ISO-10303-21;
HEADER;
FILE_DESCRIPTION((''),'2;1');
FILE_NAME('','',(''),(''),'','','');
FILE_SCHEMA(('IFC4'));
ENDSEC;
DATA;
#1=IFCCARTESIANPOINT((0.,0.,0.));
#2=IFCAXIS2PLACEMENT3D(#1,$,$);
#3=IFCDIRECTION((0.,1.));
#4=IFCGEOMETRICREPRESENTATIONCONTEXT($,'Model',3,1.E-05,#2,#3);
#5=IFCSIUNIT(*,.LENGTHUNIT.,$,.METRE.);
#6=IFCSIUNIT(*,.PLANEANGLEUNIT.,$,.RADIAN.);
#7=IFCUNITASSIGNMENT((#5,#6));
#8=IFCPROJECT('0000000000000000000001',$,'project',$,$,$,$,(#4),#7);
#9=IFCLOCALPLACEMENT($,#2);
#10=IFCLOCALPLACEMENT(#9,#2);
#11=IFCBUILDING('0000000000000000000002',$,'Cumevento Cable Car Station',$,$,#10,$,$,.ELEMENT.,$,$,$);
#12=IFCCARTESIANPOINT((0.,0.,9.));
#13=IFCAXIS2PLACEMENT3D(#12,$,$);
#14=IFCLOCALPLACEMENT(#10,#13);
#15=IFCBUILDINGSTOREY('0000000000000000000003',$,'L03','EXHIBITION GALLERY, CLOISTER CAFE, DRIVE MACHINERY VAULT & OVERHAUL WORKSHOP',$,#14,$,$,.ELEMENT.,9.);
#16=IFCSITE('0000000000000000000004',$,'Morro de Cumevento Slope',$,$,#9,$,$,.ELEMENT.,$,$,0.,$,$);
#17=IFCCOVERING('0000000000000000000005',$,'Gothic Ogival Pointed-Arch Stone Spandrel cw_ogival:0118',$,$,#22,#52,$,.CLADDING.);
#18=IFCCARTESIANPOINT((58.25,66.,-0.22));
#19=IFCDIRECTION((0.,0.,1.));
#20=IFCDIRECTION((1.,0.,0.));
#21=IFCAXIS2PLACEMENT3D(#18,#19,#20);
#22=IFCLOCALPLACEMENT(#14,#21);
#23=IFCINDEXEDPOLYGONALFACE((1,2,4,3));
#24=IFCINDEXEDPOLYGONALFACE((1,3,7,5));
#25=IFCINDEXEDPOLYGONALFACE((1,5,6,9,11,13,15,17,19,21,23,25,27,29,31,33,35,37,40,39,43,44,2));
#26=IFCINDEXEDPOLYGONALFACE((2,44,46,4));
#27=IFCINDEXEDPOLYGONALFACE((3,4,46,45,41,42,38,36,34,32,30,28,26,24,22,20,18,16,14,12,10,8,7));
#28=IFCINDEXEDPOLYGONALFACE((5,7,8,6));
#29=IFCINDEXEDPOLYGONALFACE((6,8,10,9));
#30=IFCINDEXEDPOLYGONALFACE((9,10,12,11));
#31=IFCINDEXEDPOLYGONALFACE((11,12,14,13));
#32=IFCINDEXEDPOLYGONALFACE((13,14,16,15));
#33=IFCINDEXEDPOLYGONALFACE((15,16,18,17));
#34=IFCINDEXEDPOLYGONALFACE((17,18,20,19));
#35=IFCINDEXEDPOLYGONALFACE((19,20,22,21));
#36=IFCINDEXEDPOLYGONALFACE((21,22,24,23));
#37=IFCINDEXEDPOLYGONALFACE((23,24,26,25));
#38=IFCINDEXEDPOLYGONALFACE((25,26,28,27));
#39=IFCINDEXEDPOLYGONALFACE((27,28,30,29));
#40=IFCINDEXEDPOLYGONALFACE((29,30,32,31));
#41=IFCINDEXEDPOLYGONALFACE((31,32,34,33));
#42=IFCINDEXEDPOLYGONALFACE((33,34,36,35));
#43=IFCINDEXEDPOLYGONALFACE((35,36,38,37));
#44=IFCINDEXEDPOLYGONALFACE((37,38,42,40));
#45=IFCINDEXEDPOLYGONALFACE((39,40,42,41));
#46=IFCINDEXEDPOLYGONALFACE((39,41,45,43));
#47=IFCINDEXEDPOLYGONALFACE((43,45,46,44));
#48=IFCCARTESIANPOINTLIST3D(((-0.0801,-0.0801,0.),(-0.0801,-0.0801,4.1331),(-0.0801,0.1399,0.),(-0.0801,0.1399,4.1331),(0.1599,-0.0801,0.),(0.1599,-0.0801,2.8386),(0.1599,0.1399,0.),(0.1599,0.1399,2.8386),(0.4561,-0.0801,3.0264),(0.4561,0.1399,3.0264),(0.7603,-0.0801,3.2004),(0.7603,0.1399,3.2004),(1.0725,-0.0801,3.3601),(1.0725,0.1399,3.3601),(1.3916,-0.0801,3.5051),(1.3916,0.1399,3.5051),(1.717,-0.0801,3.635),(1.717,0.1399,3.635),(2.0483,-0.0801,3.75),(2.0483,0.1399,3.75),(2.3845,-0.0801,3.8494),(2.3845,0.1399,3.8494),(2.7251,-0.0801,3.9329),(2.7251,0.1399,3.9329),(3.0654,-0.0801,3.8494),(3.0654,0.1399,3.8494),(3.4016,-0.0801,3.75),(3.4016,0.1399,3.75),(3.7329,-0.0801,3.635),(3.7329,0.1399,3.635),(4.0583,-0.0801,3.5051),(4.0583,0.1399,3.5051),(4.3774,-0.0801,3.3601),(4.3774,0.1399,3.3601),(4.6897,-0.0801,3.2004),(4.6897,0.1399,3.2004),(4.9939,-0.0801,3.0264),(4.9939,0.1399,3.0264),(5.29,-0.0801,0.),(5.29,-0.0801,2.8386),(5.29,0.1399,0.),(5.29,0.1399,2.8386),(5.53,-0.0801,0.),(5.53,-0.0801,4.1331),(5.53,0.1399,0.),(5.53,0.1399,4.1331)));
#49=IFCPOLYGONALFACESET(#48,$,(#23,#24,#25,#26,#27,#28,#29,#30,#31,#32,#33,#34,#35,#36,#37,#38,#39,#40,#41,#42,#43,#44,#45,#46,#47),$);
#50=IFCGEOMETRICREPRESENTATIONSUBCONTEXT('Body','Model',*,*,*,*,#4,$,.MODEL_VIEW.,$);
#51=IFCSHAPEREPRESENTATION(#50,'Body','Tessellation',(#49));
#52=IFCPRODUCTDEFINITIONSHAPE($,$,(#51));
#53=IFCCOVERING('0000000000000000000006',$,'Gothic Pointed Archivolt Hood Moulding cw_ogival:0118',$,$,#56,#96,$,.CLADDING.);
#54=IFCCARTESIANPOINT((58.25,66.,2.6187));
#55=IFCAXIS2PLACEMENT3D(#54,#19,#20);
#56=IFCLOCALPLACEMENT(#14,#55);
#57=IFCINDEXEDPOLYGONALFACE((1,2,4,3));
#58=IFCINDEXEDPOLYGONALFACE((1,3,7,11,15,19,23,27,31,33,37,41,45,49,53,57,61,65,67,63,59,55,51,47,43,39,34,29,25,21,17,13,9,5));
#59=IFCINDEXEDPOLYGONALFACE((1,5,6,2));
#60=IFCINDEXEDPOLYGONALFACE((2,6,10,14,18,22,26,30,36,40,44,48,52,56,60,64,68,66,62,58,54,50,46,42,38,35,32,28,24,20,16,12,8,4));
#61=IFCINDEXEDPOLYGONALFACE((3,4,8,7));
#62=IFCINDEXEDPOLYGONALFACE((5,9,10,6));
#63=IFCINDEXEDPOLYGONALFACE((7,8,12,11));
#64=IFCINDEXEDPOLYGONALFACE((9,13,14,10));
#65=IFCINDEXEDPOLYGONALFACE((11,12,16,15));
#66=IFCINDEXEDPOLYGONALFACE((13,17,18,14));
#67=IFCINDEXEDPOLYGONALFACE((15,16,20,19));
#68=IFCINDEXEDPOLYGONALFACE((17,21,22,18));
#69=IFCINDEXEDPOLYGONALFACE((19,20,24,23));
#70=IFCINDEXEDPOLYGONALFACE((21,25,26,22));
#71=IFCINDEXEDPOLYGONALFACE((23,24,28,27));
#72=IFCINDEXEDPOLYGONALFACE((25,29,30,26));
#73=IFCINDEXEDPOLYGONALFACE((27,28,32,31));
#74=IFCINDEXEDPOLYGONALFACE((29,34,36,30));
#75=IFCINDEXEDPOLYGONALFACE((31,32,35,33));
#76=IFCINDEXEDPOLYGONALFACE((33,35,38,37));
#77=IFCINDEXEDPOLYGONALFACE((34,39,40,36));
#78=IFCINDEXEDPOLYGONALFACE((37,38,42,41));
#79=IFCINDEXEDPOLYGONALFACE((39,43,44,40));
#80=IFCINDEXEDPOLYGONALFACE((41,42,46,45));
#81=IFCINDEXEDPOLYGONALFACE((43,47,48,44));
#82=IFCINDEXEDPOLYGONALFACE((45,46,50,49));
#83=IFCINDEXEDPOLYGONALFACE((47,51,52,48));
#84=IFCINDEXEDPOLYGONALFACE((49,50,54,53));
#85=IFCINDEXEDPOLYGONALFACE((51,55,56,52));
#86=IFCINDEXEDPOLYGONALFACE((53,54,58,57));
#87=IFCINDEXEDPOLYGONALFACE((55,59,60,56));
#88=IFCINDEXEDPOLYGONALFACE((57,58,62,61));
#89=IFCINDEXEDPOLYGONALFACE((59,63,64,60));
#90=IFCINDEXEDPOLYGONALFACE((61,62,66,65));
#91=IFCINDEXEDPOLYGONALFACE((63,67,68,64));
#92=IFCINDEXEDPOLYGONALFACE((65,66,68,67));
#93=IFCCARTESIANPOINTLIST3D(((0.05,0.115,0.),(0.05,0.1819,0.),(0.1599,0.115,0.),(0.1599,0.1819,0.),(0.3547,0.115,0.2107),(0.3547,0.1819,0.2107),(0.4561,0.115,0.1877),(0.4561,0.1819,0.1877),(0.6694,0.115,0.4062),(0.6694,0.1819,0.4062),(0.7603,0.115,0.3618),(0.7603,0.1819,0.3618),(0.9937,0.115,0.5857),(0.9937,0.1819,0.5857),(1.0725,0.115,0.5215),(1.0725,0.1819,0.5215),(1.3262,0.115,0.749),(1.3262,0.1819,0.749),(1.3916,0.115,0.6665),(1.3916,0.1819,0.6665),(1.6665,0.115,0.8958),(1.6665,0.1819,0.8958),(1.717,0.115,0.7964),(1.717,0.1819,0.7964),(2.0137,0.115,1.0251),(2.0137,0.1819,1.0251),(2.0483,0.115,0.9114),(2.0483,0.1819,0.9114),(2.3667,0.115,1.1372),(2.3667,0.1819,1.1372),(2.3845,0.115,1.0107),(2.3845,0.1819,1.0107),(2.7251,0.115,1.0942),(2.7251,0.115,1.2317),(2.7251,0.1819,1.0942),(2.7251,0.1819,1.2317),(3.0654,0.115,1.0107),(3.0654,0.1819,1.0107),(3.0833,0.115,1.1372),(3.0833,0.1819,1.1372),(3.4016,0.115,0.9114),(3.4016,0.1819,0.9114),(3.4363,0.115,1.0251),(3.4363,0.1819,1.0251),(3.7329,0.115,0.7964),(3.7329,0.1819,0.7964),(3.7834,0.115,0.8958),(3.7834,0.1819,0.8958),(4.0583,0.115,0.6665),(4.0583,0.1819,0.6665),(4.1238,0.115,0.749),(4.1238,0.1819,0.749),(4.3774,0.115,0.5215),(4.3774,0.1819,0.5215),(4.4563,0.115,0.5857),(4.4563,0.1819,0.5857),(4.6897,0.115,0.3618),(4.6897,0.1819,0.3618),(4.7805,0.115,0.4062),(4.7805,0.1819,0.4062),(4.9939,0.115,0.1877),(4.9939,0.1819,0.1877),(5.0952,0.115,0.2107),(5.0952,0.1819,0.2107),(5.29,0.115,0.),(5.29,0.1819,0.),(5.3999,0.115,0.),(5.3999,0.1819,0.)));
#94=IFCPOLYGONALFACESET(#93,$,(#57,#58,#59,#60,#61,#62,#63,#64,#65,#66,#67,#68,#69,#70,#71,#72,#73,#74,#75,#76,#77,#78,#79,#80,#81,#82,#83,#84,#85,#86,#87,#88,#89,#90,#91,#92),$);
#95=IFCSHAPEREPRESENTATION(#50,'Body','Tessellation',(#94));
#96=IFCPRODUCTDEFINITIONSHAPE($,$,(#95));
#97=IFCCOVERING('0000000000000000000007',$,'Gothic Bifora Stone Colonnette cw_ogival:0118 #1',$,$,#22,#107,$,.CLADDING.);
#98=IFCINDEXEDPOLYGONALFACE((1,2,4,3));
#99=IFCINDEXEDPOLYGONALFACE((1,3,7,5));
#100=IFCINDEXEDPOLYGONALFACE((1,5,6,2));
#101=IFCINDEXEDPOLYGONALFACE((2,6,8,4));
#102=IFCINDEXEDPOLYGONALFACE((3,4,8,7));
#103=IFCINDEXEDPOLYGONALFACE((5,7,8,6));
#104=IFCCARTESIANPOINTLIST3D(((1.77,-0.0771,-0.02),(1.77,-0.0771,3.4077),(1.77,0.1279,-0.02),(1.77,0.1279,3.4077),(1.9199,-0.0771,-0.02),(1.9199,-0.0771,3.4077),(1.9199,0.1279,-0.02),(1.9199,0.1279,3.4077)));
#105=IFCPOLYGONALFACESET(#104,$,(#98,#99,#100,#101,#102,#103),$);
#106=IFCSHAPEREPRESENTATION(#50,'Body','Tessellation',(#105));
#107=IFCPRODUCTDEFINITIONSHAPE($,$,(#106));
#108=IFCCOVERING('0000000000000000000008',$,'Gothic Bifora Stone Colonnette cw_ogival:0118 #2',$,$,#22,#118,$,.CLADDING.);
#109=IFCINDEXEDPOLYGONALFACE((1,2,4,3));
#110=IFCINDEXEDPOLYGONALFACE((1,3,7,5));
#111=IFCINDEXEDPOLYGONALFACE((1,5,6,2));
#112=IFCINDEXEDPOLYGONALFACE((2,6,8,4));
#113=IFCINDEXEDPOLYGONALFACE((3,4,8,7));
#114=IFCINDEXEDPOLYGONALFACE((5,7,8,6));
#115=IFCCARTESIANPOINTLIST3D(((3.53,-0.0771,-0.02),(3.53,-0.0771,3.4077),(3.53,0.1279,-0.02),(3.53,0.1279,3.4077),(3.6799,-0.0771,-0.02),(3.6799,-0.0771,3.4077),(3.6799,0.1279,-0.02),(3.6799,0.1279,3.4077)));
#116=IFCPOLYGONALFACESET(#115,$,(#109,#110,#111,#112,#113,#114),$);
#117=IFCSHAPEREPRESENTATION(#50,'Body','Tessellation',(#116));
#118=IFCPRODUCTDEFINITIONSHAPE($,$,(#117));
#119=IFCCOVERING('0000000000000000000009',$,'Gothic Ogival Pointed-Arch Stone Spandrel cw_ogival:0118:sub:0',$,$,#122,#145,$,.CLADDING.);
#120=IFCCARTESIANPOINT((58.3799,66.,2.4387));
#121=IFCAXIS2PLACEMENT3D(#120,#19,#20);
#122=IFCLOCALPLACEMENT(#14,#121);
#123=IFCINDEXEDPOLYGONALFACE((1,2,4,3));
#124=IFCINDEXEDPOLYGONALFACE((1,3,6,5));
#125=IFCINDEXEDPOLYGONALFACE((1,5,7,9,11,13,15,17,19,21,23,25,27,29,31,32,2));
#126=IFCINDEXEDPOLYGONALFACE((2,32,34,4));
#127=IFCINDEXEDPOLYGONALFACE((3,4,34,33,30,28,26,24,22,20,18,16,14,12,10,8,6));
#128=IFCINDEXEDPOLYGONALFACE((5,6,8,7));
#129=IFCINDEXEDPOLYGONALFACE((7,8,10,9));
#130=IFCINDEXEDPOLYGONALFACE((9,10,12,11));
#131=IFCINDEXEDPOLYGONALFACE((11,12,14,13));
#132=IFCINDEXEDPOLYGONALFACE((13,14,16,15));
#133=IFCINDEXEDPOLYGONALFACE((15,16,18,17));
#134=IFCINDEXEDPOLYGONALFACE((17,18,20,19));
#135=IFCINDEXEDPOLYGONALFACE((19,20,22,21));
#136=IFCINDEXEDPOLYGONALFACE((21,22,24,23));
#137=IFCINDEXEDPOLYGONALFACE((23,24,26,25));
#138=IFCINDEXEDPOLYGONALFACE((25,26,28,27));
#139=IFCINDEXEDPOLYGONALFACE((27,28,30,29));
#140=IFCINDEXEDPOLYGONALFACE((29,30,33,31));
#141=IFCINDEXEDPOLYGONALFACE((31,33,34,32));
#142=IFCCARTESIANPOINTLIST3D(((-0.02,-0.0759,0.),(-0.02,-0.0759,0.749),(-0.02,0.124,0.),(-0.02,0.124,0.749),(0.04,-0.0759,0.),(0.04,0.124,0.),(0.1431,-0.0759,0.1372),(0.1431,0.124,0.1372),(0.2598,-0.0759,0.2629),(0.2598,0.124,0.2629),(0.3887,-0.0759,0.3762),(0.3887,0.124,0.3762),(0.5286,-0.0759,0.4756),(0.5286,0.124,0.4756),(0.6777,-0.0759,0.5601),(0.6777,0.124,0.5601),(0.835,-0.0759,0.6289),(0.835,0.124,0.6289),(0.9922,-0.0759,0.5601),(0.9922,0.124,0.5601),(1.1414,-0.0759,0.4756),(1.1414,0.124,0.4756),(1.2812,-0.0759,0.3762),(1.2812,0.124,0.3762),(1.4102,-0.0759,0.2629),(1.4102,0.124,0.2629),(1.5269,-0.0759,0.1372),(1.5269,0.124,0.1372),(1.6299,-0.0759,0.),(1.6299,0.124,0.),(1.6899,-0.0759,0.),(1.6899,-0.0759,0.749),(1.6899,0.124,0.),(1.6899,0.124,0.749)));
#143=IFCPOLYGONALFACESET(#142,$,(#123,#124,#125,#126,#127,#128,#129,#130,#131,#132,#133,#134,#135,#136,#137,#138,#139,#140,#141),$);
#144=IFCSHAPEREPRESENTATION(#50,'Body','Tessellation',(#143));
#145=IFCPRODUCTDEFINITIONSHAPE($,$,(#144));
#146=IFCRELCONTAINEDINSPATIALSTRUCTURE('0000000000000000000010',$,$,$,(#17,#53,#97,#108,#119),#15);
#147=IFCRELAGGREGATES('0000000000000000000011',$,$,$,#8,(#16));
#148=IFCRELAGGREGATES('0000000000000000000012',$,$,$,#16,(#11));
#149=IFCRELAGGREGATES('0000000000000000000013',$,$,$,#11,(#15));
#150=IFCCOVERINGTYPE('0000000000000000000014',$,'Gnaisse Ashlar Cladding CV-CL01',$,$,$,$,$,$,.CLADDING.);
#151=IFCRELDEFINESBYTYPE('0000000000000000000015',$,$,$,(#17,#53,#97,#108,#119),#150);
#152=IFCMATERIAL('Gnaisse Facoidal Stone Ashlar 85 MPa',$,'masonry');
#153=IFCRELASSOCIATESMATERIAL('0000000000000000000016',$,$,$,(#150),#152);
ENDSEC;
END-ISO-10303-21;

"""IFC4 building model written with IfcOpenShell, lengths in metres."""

from ifc_helpers import new_model, si_unit, direction, frame, origin, place, context, subcontext, project, spatial, polyline, outline, extrude, material, type_object, element, save


model = new_model("IFC4")

# Units and contexts
model_context = context("Model", 3, precision=1e-05, world=origin(), true_north=direction((0.0, 1.0)))
body_context = subcontext(model_context, "Body", "Model", "MODEL_VIEW")
ifc_project = project(units=[si_unit("LENGTHUNIT", "METRE"), si_unit("PLANEANGLEUNIT", "RADIAN")], contexts=[model_context])

# Site, building, storey
site_placement = place(None, origin())
site = spatial("IfcSite", under=ifc_project, at=site_placement, Name="Morro de Cumevento Slope", CompositionType="ELEMENT", RefElevation=0.0)
building_placement = place(site_placement, origin())
building = spatial("IfcBuilding", under=site, at=building_placement, Name="Cumevento Cable Car Station", CompositionType="ELEMENT")
storey_placement = place(building_placement, frame((0.0, 0.0, 9.0)))
storey = spatial("IfcBuildingStorey", under=building, at=storey_placement, Name="L03", Description="EXHIBITION GALLERY, CLOISTER CAFE, DRIVE MACHINERY VAULT & OVERHAUL WORKSHOP", CompositionType="ELEMENT", Elevation=9.0)

# Coverings
ifc_material_1 = material(Name="Gnaisse Facoidal Stone Ashlar 85 MPa", Category="masonry")
covering_type = type_object("IfcCoveringType", Name="Gnaisse Ashlar Cladding CV-CL01", PredefinedType="CLADDING", material=ifc_material_1)
placement = place(storey_placement, frame((58.25, 66.0, -0.22), z_axis=(0.0, 0.0, 1.0), x_axis=(1.0, 0.0, 0.0)))
element("IfcCovering", 1, at=placement, inside=storey, type_object=covering_type, Name="Gothic Ogival Pointed-Arch Stone Spandrel cw_ogival:0118", PredefinedType="CLADDING", context=body_context, shape_type="SweptSolid", body=[
    extrude(outline(polyline([(-0.0801, 0.0), (-0.0801, 4.1331), (5.53, 4.1331), (5.53, 0.0), (5.29, 0.0), (5.29, 2.8386), (4.9939, 3.0264), (4.6897, 3.2004), (4.3774, 3.3601), (4.0583, 3.5051), (3.7329, 3.635), (3.4016, 3.75), (3.0654, 3.8494), (2.7251, 3.9329), (2.3845, 3.8494), (2.0483, 3.75), (1.717, 3.635), (1.3916, 3.5051), (1.0725, 3.3601), (0.7603, 3.2004), (0.4561, 3.0264), (0.1599, 2.8386), (0.1599, 0.0), (-0.0801, 0.0)])), frame((0.0, 0.1399, 0.0), z_axis=(0.0, -1.0, 0.0), x_axis=(1.0, 0.0, 0.0)), (0.0, 0.0, 1.0), 0.22),
])
covering_1_placement = place(storey_placement, frame((58.25, 66.0, 2.6187), z_axis=(0.0, 0.0, 1.0), x_axis=(1.0, 0.0, 0.0)))
element("IfcCovering", 2, at=covering_1_placement, inside=storey, type_object=covering_type, Name="Gothic Pointed Archivolt Hood Moulding cw_ogival:0118", PredefinedType="CLADDING", context=body_context, shape_type="SweptSolid", body=[
    extrude(outline(polyline([(0.1599, 0.0), (0.4561, 0.1877), (0.7603, 0.3618), (1.0725, 0.5215), (1.3916, 0.6665), (1.717, 0.7964), (2.0483, 0.9114), (2.3845, 1.0107), (2.7251, 1.0942), (3.0654, 1.0107), (3.4016, 0.9114), (3.7329, 0.7964), (4.0583, 0.6665), (4.3774, 0.5215), (4.6897, 0.3618), (4.9939, 0.1877), (5.29, 0.0), (5.3999, 0.0), (5.0952, 0.2107), (4.7805, 0.4062), (4.4563, 0.5857), (4.1238, 0.749), (3.7834, 0.8958), (3.4363, 1.0251), (3.0833, 1.1372), (2.7251, 1.2317), (2.3667, 1.1372), (2.0137, 1.0251), (1.6665, 0.8958), (1.3262, 0.749), (0.9937, 0.5857), (0.6694, 0.4062), (0.3547, 0.2107), (0.05, 0.0), (0.1599, 0.0)])), frame((0.0, 0.1819, 0.0), z_axis=(0.0, -1.0, 0.0), x_axis=(1.0, 0.0, 0.0)), (0.0, 0.0, 1.0), 0.0669),
])
element("IfcCovering", 3, at=placement, inside=storey, type_object=covering_type, Name="Gothic Bifora Stone Colonnette cw_ogival:0118 #1", PredefinedType="CLADDING", context=body_context, shape_type="SweptSolid", body=[
    extrude(outline(polyline([(1.77, -0.02), (1.9199, -0.02), (1.9199, 3.4077), (1.77, 3.4077), (1.77, -0.02)])), frame((0.0, 0.1279, 0.0), z_axis=(0.0, -1.0, 0.0), x_axis=(1.0, 0.0, 0.0)), (0.0, 0.0, 1.0), 0.2051),
])
element("IfcCovering", 4, at=placement, inside=storey, type_object=covering_type, Name="Gothic Bifora Stone Colonnette cw_ogival:0118 #2", PredefinedType="CLADDING", context=body_context, shape_type="SweptSolid", body=[
    extrude(outline(polyline([(3.53, -0.02), (3.6799, -0.02), (3.6799, 3.4077), (3.53, 3.4077), (3.53, -0.02)])), frame((0.0, 0.1279, 0.0), z_axis=(0.0, -1.0, 0.0), x_axis=(1.0, 0.0, 0.0)), (0.0, 0.0, 1.0), 0.2051),
])
covering_2_placement = place(storey_placement, frame((58.3799, 66.0, 2.4387), z_axis=(0.0, 0.0, 1.0), x_axis=(1.0, 0.0, 0.0)))
element("IfcCovering", 5, at=covering_2_placement, inside=storey, type_object=covering_type, Name="Gothic Ogival Pointed-Arch Stone Spandrel cw_ogival:0118:sub:0", PredefinedType="CLADDING", context=body_context, shape_type="SweptSolid", body=[
    extrude(outline(polyline([(-0.02, 0.0), (-0.02, 0.749), (1.6899, 0.749), (1.6899, 0.0), (1.6299, 0.0), (1.5269, 0.1372), (1.4102, 0.2629), (1.2812, 0.3762), (1.1414, 0.4756), (0.9922, 0.5601), (0.835, 0.6289), (0.6777, 0.5601), (0.5286, 0.4756), (0.3887, 0.3762), (0.2598, 0.2629), (0.1431, 0.1372), (0.04, 0.0), (-0.02, 0.0)])), frame((0.0, 0.124, 0.0), z_axis=(0.0, -1.0, 0.0), x_axis=(1.0, 0.0, 0.0)), (0.0, 0.0, 1.0), 0.2),
])

save(model, "model.ifc")
